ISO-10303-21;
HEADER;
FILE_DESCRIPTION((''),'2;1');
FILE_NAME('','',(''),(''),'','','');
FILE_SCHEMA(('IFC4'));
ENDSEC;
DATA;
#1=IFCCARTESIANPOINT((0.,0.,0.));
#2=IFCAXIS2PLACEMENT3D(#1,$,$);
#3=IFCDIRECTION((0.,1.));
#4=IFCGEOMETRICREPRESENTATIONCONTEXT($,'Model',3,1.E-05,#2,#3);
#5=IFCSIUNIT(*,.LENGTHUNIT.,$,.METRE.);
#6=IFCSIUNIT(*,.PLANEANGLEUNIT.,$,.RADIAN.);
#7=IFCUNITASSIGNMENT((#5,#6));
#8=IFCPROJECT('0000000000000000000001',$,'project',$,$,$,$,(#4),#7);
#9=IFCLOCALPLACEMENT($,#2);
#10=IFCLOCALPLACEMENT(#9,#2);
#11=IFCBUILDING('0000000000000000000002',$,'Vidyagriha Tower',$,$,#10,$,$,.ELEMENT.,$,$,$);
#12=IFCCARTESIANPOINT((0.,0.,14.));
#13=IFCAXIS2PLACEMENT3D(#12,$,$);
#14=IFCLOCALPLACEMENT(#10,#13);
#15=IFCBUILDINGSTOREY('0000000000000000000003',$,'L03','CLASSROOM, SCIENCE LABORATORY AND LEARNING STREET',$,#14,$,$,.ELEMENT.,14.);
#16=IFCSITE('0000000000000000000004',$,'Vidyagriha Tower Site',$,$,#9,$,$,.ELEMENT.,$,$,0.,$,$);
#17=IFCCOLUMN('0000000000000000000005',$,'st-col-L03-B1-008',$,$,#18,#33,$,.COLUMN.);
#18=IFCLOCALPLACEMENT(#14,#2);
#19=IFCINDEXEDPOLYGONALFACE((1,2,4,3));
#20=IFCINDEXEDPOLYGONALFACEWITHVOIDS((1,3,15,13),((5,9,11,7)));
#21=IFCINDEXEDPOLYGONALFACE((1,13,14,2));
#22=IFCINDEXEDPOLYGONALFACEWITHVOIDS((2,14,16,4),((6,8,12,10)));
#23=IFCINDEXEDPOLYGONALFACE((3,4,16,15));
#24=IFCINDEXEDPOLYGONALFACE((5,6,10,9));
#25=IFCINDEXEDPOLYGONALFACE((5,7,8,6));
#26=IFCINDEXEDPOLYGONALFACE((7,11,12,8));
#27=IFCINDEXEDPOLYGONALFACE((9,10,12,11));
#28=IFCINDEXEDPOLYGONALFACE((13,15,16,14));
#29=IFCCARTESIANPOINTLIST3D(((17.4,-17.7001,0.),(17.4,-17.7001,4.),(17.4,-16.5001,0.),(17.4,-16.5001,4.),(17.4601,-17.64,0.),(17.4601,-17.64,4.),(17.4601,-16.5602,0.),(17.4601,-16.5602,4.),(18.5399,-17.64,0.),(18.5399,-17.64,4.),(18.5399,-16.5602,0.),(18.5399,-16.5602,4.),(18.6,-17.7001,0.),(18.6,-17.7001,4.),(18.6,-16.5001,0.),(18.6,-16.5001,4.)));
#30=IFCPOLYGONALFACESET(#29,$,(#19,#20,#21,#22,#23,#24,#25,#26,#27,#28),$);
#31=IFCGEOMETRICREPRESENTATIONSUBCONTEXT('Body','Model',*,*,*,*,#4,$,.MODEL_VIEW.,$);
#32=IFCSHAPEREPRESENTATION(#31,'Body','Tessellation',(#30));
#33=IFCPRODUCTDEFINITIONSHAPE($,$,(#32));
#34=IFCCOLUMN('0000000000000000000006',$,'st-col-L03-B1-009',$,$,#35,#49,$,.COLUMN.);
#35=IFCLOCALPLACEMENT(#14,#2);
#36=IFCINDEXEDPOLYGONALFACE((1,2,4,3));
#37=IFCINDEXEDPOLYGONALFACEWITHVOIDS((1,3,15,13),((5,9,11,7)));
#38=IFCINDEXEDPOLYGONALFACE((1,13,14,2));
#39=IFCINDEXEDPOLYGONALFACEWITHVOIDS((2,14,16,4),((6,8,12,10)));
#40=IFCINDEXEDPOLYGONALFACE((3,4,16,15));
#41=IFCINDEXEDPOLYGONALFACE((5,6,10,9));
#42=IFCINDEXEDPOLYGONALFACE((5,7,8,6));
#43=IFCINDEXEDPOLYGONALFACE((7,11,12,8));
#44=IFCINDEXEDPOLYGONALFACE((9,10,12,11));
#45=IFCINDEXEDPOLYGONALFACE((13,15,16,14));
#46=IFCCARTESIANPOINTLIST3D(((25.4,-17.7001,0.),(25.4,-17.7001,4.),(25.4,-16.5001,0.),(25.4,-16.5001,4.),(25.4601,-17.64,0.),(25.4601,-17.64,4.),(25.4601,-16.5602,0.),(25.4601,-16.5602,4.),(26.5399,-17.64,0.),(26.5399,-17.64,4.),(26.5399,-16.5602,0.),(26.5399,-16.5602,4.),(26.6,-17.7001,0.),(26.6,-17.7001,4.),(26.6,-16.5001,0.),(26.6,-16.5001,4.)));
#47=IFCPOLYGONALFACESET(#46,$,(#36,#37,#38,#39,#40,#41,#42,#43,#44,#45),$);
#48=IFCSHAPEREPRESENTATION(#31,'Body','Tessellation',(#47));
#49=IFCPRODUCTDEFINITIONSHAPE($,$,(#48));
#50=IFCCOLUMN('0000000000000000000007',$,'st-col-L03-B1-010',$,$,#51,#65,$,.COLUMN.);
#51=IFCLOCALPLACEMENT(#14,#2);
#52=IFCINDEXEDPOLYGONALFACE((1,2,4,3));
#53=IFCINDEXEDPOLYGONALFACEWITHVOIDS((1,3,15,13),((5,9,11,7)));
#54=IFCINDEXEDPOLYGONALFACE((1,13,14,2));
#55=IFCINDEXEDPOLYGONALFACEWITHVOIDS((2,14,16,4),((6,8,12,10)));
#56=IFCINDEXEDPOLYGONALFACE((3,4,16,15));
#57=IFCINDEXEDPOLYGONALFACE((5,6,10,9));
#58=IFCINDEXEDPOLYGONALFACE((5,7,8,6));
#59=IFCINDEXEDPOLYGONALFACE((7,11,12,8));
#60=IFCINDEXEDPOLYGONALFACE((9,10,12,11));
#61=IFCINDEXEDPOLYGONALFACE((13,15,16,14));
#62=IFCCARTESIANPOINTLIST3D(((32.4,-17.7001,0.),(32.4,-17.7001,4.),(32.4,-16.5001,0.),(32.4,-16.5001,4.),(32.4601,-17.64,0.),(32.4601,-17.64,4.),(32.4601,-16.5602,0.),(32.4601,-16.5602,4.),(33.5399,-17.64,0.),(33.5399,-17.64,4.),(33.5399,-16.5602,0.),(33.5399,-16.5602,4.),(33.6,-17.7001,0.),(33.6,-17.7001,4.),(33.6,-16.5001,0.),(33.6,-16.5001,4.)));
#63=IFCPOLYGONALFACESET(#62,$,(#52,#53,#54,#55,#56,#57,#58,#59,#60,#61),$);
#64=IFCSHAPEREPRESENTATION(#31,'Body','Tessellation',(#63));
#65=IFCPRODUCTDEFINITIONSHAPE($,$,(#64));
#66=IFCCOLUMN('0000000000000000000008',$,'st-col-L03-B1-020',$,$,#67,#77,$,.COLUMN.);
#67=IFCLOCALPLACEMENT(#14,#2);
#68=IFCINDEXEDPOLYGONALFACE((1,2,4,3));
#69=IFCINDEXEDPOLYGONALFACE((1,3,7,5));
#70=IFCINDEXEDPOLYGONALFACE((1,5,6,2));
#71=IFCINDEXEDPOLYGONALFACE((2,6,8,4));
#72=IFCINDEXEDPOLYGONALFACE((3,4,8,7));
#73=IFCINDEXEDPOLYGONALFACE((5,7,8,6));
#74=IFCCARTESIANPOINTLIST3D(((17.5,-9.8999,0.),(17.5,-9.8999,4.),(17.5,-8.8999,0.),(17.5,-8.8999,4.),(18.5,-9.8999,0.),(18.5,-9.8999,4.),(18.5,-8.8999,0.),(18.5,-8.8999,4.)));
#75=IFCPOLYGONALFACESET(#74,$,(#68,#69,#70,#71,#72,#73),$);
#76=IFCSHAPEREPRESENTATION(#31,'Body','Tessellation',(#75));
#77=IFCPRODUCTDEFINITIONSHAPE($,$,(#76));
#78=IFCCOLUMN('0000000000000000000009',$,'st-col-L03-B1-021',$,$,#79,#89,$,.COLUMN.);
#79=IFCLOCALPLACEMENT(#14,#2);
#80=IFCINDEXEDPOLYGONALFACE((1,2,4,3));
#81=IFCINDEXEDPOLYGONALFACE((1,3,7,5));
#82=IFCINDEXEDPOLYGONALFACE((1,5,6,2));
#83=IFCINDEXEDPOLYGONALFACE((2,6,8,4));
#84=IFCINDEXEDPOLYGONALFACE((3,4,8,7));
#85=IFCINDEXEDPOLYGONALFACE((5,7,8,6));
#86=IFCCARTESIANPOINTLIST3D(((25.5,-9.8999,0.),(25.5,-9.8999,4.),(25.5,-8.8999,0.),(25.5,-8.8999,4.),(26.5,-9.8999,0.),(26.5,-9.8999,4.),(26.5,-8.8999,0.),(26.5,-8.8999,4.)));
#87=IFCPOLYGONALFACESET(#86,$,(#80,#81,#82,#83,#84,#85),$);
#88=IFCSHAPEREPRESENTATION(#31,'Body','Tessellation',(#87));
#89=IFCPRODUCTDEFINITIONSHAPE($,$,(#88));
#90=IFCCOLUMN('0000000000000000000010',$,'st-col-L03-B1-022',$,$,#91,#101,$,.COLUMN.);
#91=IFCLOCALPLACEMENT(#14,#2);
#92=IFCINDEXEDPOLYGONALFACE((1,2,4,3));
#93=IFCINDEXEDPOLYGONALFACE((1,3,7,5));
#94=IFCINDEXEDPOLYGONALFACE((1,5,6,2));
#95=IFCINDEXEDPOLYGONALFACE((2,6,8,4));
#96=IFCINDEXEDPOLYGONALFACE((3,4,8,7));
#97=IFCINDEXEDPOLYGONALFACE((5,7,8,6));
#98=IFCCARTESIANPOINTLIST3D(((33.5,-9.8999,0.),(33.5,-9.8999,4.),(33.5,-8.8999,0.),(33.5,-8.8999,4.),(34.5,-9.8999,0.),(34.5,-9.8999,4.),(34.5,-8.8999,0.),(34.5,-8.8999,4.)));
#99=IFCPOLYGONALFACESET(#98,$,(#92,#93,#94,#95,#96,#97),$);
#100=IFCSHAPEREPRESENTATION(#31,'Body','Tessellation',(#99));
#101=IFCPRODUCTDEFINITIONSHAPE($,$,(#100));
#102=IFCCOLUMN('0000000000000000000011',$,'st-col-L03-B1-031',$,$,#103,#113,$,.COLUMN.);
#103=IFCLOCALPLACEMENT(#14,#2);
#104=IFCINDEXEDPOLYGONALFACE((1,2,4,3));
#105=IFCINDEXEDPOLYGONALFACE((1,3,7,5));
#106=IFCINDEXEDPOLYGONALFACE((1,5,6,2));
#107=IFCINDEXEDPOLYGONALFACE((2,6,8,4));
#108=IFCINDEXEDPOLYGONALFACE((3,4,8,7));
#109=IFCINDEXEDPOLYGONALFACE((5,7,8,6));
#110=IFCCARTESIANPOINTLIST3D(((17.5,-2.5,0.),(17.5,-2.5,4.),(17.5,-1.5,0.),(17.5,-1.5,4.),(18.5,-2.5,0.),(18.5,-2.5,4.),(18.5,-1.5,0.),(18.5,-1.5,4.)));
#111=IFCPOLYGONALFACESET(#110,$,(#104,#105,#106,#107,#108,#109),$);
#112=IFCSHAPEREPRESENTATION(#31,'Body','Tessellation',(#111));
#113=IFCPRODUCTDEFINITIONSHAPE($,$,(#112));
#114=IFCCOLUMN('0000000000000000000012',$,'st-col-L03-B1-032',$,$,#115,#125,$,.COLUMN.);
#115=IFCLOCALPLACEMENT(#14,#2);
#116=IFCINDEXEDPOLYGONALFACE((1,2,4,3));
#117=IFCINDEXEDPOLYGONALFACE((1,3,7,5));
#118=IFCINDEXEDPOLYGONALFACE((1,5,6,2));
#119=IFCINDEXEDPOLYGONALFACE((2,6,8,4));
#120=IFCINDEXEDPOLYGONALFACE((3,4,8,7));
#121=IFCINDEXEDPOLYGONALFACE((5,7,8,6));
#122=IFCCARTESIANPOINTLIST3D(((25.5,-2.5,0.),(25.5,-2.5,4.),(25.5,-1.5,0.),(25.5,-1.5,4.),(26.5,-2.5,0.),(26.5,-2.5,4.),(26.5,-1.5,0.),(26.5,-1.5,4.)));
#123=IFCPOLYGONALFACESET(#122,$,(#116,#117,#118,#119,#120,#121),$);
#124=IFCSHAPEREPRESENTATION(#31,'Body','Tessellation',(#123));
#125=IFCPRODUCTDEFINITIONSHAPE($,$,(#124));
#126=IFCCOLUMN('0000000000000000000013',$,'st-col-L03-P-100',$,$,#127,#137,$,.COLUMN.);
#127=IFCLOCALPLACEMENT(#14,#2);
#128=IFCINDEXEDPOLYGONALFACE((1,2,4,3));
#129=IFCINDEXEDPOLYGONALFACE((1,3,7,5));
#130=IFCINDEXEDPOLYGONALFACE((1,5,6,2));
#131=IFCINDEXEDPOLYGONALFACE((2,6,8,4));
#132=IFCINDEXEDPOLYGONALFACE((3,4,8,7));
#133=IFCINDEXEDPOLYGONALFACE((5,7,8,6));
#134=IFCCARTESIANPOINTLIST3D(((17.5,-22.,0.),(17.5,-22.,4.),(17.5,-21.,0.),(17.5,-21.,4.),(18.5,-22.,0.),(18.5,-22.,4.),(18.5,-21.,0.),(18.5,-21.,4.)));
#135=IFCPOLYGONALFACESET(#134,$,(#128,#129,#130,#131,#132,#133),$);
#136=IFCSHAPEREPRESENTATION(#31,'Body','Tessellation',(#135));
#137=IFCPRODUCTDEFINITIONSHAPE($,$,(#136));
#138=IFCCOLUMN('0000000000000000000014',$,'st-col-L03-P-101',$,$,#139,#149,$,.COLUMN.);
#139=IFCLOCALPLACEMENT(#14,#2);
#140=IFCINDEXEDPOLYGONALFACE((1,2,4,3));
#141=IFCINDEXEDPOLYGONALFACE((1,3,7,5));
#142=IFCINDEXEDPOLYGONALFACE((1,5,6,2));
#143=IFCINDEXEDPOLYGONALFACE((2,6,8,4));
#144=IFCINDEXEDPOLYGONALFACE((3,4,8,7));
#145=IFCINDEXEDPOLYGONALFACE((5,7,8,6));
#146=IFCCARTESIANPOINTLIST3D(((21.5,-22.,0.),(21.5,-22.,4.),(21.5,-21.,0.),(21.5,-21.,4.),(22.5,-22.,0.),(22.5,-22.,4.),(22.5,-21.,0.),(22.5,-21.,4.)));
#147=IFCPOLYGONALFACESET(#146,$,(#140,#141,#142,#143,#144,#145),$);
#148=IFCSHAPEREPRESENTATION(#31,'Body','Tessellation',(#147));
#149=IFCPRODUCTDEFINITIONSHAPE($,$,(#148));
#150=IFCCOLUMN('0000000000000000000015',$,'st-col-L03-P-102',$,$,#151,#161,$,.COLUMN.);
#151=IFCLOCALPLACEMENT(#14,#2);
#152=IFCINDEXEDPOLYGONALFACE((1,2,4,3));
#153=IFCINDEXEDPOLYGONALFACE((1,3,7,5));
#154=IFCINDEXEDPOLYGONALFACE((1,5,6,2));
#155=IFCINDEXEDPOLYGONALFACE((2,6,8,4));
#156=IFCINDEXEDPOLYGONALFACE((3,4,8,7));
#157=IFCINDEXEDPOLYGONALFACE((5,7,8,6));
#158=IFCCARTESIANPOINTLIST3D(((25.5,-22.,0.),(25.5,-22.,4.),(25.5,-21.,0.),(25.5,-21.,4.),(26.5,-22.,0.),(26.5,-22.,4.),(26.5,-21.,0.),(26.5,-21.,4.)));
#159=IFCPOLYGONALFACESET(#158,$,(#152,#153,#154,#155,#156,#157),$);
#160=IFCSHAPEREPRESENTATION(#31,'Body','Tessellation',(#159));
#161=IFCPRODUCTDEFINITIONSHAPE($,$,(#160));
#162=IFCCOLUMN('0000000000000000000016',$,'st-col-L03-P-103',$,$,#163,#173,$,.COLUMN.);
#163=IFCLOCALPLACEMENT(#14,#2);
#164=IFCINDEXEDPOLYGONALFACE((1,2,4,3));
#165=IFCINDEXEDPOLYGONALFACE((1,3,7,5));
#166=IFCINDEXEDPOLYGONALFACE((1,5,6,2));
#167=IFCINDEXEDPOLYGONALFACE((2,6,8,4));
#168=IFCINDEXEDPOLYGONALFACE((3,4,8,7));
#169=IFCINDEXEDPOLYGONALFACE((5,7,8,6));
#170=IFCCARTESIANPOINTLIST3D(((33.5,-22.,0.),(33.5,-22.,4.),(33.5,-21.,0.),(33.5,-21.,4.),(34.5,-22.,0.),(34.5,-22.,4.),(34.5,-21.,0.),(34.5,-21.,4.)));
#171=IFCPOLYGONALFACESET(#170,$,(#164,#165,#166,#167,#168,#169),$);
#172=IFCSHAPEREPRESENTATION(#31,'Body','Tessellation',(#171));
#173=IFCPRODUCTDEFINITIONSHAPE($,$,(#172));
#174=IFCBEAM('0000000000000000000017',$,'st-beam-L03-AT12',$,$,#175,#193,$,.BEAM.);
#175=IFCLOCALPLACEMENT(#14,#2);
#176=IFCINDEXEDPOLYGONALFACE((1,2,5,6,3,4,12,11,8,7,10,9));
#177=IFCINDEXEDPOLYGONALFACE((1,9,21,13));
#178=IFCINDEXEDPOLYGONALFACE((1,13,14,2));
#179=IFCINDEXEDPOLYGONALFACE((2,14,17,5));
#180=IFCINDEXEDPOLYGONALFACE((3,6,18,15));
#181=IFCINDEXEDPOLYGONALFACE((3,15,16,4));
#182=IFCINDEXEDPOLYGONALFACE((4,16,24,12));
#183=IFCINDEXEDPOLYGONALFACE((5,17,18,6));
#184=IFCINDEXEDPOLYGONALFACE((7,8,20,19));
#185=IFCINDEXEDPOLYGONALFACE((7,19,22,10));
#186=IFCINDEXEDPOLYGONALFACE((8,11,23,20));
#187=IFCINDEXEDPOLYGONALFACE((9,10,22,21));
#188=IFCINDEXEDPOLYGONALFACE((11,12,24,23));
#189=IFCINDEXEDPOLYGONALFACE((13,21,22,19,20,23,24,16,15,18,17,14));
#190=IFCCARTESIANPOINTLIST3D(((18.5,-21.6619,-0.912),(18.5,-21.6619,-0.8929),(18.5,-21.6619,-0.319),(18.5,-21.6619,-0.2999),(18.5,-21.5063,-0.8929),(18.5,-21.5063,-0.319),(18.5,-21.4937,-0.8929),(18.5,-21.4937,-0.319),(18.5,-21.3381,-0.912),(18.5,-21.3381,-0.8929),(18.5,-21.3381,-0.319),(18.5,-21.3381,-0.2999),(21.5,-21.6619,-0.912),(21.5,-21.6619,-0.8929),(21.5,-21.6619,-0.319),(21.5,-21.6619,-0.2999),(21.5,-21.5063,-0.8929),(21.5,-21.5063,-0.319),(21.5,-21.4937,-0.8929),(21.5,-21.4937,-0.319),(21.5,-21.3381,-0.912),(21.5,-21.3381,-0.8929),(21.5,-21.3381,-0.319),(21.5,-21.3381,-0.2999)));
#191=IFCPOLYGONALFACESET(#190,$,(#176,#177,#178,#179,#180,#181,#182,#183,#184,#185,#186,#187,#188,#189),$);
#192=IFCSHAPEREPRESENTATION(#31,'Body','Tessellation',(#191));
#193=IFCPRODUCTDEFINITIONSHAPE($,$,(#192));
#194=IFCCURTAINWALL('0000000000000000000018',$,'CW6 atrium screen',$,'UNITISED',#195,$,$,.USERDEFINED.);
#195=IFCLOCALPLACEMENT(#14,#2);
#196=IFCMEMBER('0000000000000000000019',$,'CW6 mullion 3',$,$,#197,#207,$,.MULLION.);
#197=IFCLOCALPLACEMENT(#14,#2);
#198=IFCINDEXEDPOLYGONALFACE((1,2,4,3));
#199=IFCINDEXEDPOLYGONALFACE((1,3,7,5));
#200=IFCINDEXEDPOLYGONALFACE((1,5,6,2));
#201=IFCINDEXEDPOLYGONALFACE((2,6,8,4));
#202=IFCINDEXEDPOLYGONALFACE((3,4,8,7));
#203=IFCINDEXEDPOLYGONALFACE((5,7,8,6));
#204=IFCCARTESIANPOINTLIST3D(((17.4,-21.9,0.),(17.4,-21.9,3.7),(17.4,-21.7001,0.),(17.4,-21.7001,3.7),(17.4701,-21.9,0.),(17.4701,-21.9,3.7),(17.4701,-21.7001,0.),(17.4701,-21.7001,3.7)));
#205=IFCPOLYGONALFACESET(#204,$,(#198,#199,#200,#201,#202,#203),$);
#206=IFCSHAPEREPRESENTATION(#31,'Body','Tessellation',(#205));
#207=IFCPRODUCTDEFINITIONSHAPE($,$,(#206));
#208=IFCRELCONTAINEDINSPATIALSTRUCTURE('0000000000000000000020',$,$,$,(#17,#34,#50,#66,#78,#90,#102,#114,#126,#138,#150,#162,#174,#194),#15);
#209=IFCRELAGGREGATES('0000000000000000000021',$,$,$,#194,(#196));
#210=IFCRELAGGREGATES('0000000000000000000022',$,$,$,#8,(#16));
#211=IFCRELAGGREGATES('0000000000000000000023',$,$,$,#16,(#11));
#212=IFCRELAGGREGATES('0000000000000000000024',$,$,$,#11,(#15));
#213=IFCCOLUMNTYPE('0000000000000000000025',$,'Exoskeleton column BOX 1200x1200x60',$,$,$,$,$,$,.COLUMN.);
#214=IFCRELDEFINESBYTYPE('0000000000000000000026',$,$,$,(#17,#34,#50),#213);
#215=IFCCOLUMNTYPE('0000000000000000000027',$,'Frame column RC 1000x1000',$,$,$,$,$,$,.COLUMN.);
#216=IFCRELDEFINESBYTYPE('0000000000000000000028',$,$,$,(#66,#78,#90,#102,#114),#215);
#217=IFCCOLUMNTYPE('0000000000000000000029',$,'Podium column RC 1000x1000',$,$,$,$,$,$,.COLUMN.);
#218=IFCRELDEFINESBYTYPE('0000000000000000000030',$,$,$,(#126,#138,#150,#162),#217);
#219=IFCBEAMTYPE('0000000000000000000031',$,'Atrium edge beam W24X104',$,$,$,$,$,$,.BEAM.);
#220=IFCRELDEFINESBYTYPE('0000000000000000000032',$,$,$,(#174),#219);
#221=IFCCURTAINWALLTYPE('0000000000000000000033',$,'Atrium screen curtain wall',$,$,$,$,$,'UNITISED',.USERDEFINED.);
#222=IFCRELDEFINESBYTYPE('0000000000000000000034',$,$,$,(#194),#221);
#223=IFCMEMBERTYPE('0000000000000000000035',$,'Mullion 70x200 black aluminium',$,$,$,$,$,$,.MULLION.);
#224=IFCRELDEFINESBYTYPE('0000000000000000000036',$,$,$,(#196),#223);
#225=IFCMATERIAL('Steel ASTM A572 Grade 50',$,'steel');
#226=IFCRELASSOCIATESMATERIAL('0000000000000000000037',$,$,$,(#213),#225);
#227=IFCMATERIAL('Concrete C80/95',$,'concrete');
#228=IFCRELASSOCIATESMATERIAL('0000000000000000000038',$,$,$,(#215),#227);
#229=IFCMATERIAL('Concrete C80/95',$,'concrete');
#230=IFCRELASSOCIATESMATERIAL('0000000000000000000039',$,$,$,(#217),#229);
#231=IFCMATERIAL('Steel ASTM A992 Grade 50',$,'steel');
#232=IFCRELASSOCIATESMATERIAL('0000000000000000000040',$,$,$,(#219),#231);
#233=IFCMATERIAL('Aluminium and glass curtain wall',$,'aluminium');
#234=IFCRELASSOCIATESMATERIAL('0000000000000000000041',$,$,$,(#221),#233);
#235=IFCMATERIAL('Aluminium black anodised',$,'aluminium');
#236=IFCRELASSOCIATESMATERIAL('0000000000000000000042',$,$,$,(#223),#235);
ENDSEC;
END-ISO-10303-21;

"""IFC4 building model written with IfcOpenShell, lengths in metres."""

from ifc_helpers import new_model, si_unit, direction, frame, origin, origin_2d, place, context, subcontext, project, spatial, rectangle, hollow_rectangle, i_section, extrude, material, material_profile, profile_set, type_object, element, aggregate, save


model = new_model("IFC4")

# Units and contexts
model_context = context("Model", 3, precision=1e-05, world=origin(), true_north=direction((0.0, 1.0)))
body_context = subcontext(model_context, "Body", "Model", "MODEL_VIEW")
ifc_project = project(units=[si_unit("LENGTHUNIT", "METRE"), si_unit("PLANEANGLEUNIT", "RADIAN")], contexts=[model_context])

# Site, building, storey
site_placement = place(None, origin())
site = spatial("IfcSite", under=ifc_project, at=site_placement, Name="Vidyagriha Tower Site", CompositionType="ELEMENT", RefElevation=0.0)
building_placement = place(site_placement, origin())
building = spatial("IfcBuilding", under=site, at=building_placement, Name="Vidyagriha Tower", CompositionType="ELEMENT")
storey_placement = place(building_placement, frame((0.0, 0.0, 14.0)))
storey = spatial("IfcBuildingStorey", under=building, at=storey_placement, Name="L03", Description="CLASSROOM, SCIENCE LABORATORY AND LEARNING STREET", CompositionType="ELEMENT", Elevation=14.0)

# Columns
ifc_material_1 = material(Name="Steel ASTM A572 Grade 50", Category="steel")
ifc_material_profile_1 = material_profile(ifc_material_1, hollow_rectangle(XDim=1.2, YDim=1.2, WallThickness=0.0601, at=origin_2d()), Name="BOX 1200x1200x60")
ifc_profile_set_1 = profile_set([ifc_material_profile_1], Name="Steel ASTM A572 Grade 50")
column_type_1 = type_object("IfcColumnType", Name="Exoskeleton column BOX 1200x1200x60", PredefinedType="COLUMN", material=ifc_profile_set_1)
for number, where, name in (
    (1, (18.0, -17.1001, 0.0), "st-col-L03-B1-008"),
    (2, (26.0, -17.1001, 0.0), "st-col-L03-B1-009"),
    (3, (33.0, -17.1001, 0.0), "st-col-L03-B1-010"),
):
    element("IfcColumn", number, at=place(storey_placement, frame(where)), inside=storey, type_object=column_type_1, Name=name, PredefinedType="COLUMN", context=body_context, shape_type="SweptSolid", body=[
        extrude(hollow_rectangle(XDim=1.2, YDim=1.2, WallThickness=0.0601, at=origin_2d()), origin(), (0.0, 0.0, 1.0), 4.0),
    ])
ifc_material_2 = material(Name="Concrete C80/95", Category="concrete")
ifc_material_profile_2 = material_profile(ifc_material_2, rectangle(XDim=1.0, YDim=1.0, at=origin_2d()), Name="RC 1000x1000")
ifc_profile_set_2 = profile_set([ifc_material_profile_2], Name="Concrete C80/95")
column_type_2 = type_object("IfcColumnType", Name="Frame column RC 1000x1000", PredefinedType="COLUMN", material=ifc_profile_set_2)
for number, where, name in (
    (4, (18.0, -9.3999, 0.0), "st-col-L03-B1-020"),
    (5, (26.0, -9.3999, 0.0), "st-col-L03-B1-021"),
    (6, (34.0, -9.3999, 0.0), "st-col-L03-B1-022"),
    (7, (18.0, -2.0, 0.0), "st-col-L03-B1-031"),
    (8, (26.0, -2.0, 0.0), "st-col-L03-B1-032"),
):
    element("IfcColumn", number, at=place(storey_placement, frame(where)), inside=storey, type_object=column_type_2, Name=name, PredefinedType="COLUMN", context=body_context, shape_type="SweptSolid", body=[
        extrude(rectangle(XDim=1.0, YDim=1.0, at=origin_2d()), origin(), (0.0, 0.0, 1.0), 4.0),
    ])
ifc_material_3 = material(Name="Concrete C80/95", Category="concrete")
ifc_material_profile_3 = material_profile(ifc_material_3, rectangle(XDim=1.0, YDim=1.0, at=origin_2d()), Name="RC 1000x1000")
ifc_profile_set_3 = profile_set([ifc_material_profile_3], Name="Concrete C80/95")
column_type_3 = type_object("IfcColumnType", Name="Podium column RC 1000x1000", PredefinedType="COLUMN", material=ifc_profile_set_3)
for number, where, name in (
    (9, (18.0, -21.5, 0.0), "st-col-L03-P-100"),
    (10, (22.0, -21.5, 0.0), "st-col-L03-P-101"),
    (11, (26.0, -21.5, 0.0), "st-col-L03-P-102"),
    (12, (34.0, -21.5, 0.0), "st-col-L03-P-103"),
):
    element("IfcColumn", number, at=place(storey_placement, frame(where)), inside=storey, type_object=column_type_3, Name=name, PredefinedType="COLUMN", context=body_context, shape_type="SweptSolid", body=[
        extrude(rectangle(XDim=1.0, YDim=1.0, at=origin_2d()), origin(), (0.0, 0.0, 1.0), 4.0),
    ])

# Beam
ifc_material_4 = material(Name="Steel ASTM A992 Grade 50", Category="steel")
ifc_material_profile_4 = material_profile(ifc_material_4, i_section(OverallWidth=0.3237, OverallDepth=0.6121, WebThickness=0.0127, FlangeThickness=0.019, at=origin_2d()), Name="W24X104")
ifc_profile_set_4 = profile_set([ifc_material_profile_4], Name="Steel ASTM A992 Grade 50")
beam_type = type_object("IfcBeamType", Name="Atrium edge beam W24X104", PredefinedType="BEAM", material=ifc_profile_set_4)
beam_placement = place(storey_placement, frame((18.5, -21.5, -0.606), z_axis=(1.0, 0.0, 0.0), x_axis=(0.0, 1.0, 0.0)))
element("IfcBeam", 13, at=beam_placement, inside=storey, type_object=beam_type, Name="st-beam-L03-AT12", PredefinedType="BEAM", context=body_context, shape_type="SweptSolid", body=[
    extrude(i_section(OverallWidth=0.3237, OverallDepth=0.6121, WebThickness=0.0127, FlangeThickness=0.019, at=origin_2d()), origin(), (0.0, 0.0, 1.0), 3.0),
])

# Curtain wall, member
ifc_material_5 = material(Name="Aluminium and glass curtain wall", Category="aluminium")
curtain_wall_type = type_object("IfcCurtainWallType", Name="Atrium screen curtain wall", ElementType="UNITISED", PredefinedType="USERDEFINED", material=ifc_material_5)
curtain_wall_placement = place(storey_placement, origin())
curtain_wall = element("IfcCurtainWall", 14, at=curtain_wall_placement, inside=storey, type_object=curtain_wall_type, Name="CW6 atrium screen", ObjectType="UNITISED", PredefinedType="USERDEFINED")
ifc_material_6 = material(Name="Aluminium black anodised", Category="aluminium")
ifc_material_profile_5 = material_profile(ifc_material_6, rectangle(XDim=0.2, YDim=0.0701, at=origin_2d()), Name="Mullion 70x200 black aluminium")
ifc_profile_set_5 = profile_set([ifc_material_profile_5], Name="Aluminium black anodised")
member_type = type_object("IfcMemberType", Name="Mullion 70x200 black aluminium", PredefinedType="MULLION", material=ifc_profile_set_5)
member_placement = place(storey_placement, frame((17.4351, -21.8, 0.0), z_axis=(0.0, 0.0, 1.0), x_axis=(0.0, 1.0, 0.0)))
member = element("IfcMember", 15, at=member_placement, type_object=member_type, Name="CW6 mullion 3", PredefinedType="MULLION", context=body_context, shape_type="SweptSolid", body=[
    extrude(rectangle(XDim=0.2, YDim=0.0701, at=origin_2d()), origin(), (0.0, 0.0, 1.0), 3.7),
])
aggregate(curtain_wall, [member])

save(model, "model.ifc")
